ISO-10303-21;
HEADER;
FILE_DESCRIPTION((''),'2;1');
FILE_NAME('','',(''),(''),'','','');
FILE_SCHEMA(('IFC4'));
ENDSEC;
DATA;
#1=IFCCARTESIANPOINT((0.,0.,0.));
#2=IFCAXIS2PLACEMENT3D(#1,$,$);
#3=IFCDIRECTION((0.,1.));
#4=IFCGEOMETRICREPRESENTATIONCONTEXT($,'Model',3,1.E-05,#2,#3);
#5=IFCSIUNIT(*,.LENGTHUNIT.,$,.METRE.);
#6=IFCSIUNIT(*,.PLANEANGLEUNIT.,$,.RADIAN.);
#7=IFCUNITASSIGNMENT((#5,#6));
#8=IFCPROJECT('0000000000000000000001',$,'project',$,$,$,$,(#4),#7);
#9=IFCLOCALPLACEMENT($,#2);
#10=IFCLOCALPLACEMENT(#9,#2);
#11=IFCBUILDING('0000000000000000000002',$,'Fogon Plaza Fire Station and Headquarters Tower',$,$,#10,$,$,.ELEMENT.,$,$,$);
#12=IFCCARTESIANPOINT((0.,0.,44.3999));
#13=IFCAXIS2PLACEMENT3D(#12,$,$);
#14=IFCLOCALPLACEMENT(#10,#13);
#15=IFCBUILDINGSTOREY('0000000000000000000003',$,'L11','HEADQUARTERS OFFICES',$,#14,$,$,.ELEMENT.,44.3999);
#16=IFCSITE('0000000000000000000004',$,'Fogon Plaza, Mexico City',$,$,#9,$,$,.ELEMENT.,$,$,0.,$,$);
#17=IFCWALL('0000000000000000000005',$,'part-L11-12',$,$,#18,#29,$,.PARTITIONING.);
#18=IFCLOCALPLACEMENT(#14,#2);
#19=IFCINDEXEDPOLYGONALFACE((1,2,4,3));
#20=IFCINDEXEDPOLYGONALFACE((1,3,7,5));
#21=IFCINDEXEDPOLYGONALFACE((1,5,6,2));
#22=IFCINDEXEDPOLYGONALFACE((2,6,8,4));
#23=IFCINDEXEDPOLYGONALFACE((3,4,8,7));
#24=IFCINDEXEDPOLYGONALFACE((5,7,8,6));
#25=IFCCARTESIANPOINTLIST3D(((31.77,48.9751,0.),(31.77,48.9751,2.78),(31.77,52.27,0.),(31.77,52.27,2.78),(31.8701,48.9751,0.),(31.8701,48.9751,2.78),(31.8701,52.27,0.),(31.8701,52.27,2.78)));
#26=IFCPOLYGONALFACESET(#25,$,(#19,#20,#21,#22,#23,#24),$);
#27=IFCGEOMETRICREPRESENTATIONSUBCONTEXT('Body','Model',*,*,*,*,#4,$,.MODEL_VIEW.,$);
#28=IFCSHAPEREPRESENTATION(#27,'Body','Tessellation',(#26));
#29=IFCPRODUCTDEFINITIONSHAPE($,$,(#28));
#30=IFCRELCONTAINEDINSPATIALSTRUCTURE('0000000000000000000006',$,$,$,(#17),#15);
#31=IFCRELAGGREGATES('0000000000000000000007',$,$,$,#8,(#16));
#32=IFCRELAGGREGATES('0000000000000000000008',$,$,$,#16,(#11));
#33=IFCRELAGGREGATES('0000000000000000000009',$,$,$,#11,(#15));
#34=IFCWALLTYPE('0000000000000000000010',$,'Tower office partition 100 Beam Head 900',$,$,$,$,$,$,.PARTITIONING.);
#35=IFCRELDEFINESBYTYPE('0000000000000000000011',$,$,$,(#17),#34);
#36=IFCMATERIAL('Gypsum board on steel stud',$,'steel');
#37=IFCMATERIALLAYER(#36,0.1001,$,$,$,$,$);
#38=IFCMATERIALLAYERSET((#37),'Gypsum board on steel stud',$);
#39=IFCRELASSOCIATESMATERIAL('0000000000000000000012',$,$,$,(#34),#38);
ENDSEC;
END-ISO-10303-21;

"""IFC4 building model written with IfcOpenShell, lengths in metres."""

from ifc_helpers import new_model, si_unit, direction, frame, frame_2d, origin, place, context, subcontext, project, spatial, rectangle, extrude, material, layer, layer_set, type_object, element, save


model = new_model("IFC4")

# Units and contexts
model_context = context("Model", 3, precision=1e-05, world=origin(), true_north=direction((0.0, 1.0)))
body_context = subcontext(model_context, "Body", "Model", "MODEL_VIEW")
ifc_project = project(units=[si_unit("LENGTHUNIT", "METRE"), si_unit("PLANEANGLEUNIT", "RADIAN")], contexts=[model_context])

# Site, building, storey
site_placement = place(None, origin())
site = spatial("IfcSite", under=ifc_project, at=site_placement, Name="Fogon Plaza, Mexico City", CompositionType="ELEMENT", RefElevation=0.0)
building_placement = place(site_placement, origin())
building = spatial("IfcBuilding", under=site, at=building_placement, Name="Fogon Plaza Fire Station and Headquarters Tower", CompositionType="ELEMENT")
storey_placement = place(building_placement, frame((0.0, 0.0, 44.3999)))
storey = spatial("IfcBuildingStorey", under=building, at=storey_placement, Name="L11", Description="HEADQUARTERS OFFICES", CompositionType="ELEMENT", Elevation=44.3999)

# Wall
ifc_material_1 = material(Name="Gypsum board on steel stud", Category="steel")
ifc_layer_1 = layer(ifc_material_1, 0.1001)
ifc_layer_set_1 = layer_set([ifc_layer_1], Name="Gypsum board on steel stud")
wall_type_1 = type_object("IfcWallType", Name="Tower office partition 100 Beam Head 900", PredefinedType="PARTITIONING", material=ifc_layer_set_1)
wall_1_placement = place(storey_placement, frame((31.8201, 48.9751, 0.0), z_axis=(0.0, 0.0, 1.0), x_axis=(0.0, 1.0, 0.0)))
element("IfcWall", 1, at=wall_1_placement, inside=storey, type_object=wall_type_1, Name="part-L11-12", PredefinedType="PARTITIONING", context=body_context, shape_type="SweptSolid", body=[
    extrude(rectangle(XDim=3.2949, YDim=0.1001, at=frame_2d((1.6475, 0.0))), origin(), (0.0, 0.0, 1.0), 2.78),
])

save(model, "model.ifc")
